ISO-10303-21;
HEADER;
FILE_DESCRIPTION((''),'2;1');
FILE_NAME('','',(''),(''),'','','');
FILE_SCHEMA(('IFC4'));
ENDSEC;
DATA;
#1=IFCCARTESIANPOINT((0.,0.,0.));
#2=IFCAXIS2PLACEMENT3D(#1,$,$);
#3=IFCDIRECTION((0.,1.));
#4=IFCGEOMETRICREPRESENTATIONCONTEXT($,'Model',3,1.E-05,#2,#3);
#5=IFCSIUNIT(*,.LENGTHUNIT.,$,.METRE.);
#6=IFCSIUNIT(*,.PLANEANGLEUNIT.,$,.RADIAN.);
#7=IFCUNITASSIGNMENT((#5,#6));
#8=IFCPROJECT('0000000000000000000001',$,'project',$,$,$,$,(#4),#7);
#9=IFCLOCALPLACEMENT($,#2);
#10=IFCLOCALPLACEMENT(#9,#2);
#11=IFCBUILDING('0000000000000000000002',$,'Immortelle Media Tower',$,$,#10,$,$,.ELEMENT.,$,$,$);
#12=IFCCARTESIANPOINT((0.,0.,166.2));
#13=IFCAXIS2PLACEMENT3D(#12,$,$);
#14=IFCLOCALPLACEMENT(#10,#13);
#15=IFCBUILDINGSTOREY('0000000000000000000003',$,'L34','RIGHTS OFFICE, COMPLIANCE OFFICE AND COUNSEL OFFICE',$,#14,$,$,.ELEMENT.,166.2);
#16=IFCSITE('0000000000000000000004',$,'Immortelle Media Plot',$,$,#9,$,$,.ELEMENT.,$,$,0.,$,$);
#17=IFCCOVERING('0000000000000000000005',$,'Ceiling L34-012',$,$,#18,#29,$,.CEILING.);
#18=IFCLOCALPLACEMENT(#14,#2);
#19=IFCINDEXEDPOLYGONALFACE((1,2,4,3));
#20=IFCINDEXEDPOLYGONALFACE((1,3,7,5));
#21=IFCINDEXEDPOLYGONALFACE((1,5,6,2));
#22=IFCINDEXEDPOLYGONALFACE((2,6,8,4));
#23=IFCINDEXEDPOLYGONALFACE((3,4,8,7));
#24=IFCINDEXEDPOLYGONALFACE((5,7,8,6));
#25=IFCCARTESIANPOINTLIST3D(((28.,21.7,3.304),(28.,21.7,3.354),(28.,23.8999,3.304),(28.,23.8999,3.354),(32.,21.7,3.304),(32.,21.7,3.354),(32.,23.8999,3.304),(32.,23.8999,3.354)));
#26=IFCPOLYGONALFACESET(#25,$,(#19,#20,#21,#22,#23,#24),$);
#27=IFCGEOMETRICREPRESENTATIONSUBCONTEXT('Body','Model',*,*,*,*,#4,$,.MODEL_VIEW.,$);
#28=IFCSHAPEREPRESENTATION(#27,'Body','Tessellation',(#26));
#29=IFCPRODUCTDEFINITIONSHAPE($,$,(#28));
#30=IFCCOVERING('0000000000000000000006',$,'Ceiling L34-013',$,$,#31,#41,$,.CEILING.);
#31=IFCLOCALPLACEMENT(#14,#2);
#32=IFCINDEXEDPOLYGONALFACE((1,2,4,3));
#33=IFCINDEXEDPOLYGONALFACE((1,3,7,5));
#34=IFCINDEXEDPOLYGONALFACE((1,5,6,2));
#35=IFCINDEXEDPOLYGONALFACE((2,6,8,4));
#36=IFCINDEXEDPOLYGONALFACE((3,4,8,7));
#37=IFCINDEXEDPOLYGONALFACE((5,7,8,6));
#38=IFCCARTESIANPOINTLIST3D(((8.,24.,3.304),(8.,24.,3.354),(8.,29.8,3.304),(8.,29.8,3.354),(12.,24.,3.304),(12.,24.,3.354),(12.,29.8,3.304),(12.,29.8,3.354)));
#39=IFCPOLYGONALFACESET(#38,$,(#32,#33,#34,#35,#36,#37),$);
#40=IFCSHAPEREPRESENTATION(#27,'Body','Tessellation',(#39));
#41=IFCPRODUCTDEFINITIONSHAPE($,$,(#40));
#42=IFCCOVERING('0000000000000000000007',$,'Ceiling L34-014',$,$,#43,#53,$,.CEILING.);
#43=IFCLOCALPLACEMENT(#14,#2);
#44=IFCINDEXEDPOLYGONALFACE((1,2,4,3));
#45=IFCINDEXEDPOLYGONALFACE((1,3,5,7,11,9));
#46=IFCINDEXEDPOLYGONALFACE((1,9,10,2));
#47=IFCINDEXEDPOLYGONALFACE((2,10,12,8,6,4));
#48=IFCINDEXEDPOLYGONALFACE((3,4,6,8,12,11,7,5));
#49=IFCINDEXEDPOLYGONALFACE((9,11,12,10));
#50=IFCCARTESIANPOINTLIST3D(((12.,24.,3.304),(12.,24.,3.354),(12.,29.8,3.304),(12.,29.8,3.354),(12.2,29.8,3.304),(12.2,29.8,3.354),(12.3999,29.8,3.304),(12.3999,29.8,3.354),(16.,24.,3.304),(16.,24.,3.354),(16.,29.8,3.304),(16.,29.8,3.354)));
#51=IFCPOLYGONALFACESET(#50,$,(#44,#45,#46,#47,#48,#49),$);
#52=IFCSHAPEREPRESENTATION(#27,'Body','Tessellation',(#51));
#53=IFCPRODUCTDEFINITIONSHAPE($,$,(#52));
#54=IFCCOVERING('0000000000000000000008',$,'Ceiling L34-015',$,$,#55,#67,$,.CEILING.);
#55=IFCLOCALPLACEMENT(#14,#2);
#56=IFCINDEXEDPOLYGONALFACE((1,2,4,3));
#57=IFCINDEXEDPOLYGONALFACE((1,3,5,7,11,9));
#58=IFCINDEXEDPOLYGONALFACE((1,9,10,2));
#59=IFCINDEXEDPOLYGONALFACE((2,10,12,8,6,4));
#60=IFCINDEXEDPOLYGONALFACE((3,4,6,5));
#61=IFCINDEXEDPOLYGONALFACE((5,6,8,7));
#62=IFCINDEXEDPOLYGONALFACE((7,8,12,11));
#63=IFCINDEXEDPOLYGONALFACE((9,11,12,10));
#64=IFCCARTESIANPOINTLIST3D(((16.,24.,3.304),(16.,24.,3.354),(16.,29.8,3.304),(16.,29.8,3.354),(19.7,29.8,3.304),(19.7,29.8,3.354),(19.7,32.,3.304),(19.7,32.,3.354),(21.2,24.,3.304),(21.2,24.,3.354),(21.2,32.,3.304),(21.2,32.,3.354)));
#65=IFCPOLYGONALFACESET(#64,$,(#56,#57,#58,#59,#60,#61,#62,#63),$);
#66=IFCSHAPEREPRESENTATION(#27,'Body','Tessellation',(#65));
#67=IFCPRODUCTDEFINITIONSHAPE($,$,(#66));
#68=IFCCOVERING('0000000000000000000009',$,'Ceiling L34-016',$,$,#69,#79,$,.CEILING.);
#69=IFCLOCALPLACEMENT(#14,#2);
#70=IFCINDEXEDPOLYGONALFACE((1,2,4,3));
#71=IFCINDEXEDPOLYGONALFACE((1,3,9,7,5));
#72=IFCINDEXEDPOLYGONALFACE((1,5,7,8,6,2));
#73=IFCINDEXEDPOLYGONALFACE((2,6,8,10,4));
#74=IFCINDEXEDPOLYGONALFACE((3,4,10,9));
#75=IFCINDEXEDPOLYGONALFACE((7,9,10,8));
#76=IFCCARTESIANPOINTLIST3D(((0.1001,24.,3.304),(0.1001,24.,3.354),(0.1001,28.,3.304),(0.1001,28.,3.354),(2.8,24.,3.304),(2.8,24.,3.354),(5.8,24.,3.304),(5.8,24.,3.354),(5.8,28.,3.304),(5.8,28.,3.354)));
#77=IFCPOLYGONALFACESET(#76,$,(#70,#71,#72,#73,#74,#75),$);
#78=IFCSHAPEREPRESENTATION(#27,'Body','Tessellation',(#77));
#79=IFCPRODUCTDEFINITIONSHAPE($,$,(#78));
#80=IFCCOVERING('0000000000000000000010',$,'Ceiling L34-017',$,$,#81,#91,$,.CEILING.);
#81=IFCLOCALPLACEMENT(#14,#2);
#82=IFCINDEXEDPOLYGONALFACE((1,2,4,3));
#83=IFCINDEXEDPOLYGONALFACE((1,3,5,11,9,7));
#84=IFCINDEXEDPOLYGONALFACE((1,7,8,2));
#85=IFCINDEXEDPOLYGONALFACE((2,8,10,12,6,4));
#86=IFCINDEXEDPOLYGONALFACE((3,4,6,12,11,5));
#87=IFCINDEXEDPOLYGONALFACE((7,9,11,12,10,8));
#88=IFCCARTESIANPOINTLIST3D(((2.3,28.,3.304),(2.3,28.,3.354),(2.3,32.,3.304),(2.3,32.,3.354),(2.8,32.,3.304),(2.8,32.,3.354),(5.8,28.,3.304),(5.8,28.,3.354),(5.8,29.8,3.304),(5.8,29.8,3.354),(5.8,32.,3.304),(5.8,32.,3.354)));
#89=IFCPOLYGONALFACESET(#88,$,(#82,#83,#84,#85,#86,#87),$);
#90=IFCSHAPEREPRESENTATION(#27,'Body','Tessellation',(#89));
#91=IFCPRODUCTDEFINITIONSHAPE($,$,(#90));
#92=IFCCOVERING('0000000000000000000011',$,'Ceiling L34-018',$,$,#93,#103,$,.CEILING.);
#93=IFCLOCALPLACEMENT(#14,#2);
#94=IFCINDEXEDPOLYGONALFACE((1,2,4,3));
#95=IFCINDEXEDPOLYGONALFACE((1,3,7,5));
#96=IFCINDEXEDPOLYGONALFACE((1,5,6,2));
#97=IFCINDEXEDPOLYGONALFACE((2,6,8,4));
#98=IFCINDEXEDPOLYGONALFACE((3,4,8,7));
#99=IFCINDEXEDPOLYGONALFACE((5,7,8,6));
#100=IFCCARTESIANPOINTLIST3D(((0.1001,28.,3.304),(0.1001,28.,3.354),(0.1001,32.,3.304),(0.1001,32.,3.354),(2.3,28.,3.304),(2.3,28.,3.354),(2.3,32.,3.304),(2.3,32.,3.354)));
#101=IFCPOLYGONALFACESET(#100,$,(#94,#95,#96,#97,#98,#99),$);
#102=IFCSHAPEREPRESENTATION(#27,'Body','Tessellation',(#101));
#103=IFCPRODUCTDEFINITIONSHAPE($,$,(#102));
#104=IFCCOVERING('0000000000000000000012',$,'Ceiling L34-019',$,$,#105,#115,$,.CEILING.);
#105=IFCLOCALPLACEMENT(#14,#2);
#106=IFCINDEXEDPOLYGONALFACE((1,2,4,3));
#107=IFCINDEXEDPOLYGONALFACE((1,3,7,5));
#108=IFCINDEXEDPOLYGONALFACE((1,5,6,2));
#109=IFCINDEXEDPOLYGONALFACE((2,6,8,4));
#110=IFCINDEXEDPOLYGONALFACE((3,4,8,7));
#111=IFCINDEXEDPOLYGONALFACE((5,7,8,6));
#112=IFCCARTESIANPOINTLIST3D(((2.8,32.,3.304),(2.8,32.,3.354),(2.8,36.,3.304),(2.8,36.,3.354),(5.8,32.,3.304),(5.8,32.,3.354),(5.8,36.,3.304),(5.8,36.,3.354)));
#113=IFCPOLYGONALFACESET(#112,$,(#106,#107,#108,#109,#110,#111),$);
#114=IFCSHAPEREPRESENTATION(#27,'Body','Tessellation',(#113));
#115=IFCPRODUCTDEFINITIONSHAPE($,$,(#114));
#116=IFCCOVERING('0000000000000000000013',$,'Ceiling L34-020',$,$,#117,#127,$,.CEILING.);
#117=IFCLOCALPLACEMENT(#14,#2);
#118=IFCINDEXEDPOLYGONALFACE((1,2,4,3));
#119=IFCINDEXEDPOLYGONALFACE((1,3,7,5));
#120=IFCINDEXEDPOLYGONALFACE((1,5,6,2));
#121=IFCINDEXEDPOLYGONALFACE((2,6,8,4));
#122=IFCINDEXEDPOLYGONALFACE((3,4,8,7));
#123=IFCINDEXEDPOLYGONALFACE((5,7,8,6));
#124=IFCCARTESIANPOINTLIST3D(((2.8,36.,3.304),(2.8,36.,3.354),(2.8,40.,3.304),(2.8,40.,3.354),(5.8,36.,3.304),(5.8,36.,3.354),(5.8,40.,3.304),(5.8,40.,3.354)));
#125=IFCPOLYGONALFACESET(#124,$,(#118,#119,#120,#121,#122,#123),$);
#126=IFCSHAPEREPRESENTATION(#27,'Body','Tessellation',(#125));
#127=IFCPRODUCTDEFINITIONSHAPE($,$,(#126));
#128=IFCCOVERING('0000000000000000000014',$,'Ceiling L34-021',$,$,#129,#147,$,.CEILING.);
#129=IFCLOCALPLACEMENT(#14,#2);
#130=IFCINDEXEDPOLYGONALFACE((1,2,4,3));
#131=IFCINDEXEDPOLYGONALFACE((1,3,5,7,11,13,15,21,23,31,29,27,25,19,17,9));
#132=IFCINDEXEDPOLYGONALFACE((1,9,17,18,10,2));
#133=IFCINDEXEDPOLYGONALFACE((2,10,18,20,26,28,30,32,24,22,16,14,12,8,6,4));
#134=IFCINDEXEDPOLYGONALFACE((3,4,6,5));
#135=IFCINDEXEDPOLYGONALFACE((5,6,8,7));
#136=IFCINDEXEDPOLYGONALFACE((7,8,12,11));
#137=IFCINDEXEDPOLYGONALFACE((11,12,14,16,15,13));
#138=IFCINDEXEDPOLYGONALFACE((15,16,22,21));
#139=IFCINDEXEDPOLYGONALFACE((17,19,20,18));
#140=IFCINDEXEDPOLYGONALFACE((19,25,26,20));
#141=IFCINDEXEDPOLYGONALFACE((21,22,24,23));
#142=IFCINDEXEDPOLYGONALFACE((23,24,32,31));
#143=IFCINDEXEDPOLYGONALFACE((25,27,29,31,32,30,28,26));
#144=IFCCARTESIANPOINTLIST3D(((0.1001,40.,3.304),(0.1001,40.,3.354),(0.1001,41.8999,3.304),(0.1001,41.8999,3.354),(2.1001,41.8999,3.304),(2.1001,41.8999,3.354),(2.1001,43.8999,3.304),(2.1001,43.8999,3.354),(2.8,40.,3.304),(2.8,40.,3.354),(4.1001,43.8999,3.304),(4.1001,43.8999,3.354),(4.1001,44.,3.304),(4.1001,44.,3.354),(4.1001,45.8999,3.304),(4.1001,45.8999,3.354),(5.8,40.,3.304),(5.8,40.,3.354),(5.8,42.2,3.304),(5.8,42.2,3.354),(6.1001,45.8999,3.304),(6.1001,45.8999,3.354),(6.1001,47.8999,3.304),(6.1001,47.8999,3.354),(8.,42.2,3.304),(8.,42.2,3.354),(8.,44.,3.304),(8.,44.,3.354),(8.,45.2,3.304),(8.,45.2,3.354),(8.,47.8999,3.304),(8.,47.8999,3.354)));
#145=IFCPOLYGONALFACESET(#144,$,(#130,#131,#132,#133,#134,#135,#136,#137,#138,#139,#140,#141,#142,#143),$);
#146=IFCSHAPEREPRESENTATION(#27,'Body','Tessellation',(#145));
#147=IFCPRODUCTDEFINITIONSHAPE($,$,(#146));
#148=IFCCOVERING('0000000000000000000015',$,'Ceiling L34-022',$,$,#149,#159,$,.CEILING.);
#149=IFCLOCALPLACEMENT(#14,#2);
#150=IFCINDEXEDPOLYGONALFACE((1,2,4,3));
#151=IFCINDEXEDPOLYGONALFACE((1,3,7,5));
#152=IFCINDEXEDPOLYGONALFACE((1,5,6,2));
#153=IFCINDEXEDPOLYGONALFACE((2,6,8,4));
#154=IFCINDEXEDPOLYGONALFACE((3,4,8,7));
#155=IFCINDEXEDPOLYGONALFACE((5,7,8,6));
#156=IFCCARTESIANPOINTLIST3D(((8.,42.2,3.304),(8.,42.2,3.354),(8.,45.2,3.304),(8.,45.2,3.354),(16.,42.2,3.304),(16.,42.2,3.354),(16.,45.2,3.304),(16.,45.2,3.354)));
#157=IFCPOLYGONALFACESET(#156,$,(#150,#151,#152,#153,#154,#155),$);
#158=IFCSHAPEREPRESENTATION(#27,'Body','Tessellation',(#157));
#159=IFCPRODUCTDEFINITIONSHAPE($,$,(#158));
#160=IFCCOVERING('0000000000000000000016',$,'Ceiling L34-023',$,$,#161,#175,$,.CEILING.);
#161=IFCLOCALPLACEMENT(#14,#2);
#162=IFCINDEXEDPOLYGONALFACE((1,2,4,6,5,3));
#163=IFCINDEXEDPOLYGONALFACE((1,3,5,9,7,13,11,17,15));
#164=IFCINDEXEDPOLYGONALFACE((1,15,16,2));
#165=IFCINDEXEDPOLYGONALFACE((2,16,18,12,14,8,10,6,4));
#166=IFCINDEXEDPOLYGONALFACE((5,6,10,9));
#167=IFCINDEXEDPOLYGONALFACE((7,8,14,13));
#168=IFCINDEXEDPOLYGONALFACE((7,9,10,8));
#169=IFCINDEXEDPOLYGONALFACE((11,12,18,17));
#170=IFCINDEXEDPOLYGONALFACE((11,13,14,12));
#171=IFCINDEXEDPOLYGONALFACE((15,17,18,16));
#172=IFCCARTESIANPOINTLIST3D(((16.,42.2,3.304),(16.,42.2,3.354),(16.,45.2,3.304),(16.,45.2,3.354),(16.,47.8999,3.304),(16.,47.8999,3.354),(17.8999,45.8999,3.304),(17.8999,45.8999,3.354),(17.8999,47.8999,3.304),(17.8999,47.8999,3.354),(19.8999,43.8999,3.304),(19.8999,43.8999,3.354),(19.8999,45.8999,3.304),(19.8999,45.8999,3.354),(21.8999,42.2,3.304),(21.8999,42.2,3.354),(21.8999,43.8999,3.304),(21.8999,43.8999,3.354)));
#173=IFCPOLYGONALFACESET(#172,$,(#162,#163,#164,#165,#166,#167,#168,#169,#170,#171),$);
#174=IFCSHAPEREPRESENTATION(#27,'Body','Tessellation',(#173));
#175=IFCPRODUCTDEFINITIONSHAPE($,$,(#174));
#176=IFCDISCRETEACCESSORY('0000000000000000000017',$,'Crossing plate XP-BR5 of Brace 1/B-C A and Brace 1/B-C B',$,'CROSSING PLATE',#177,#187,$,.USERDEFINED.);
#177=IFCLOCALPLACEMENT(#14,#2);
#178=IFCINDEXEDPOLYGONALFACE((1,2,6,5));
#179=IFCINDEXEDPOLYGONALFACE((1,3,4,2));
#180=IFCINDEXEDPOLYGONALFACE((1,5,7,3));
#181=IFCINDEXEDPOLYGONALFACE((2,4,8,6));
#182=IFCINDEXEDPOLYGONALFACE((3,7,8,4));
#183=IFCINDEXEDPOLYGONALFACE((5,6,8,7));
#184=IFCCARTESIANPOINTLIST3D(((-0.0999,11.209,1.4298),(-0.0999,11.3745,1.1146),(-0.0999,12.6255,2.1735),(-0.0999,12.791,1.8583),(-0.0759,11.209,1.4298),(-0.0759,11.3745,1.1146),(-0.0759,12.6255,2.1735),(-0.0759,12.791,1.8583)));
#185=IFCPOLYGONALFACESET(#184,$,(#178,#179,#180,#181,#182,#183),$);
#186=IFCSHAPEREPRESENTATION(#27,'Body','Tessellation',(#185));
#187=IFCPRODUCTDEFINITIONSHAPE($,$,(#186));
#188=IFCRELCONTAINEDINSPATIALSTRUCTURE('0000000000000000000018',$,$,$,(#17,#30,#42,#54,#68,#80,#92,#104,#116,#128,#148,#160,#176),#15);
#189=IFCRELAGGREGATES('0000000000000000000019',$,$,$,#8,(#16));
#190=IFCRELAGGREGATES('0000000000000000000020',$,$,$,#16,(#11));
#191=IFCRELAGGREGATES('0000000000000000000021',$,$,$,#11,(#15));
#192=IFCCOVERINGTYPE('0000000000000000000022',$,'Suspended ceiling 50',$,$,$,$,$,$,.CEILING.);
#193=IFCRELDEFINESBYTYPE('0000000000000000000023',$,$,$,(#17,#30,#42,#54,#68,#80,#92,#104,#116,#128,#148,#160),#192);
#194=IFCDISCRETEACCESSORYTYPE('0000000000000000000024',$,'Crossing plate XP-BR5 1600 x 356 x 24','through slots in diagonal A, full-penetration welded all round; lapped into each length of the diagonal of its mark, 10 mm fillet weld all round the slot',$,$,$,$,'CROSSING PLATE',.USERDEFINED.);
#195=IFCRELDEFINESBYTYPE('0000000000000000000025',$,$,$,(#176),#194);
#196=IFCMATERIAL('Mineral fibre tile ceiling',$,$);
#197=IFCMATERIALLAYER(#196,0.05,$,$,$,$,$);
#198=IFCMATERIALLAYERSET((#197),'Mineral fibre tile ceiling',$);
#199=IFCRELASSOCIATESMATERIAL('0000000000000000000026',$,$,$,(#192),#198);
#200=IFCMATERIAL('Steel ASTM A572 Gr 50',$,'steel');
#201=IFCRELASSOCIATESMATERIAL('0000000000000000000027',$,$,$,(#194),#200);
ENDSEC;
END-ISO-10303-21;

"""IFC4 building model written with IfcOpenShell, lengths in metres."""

from ifc_helpers import new_model, si_unit, direction, frame, origin, origin_2d, place, context, subcontext, project, spatial, polyline, rectangle, outline, extrude, material, layer, layer_set, material_profile, profile_set, type_object, element, save


model = new_model("IFC4")

# Units and contexts
model_context = context("Model", 3, precision=1e-05, world=origin(), true_north=direction((0.0, 1.0)))
body_context = subcontext(model_context, "Body", "Model", "MODEL_VIEW")
ifc_project = project(units=[si_unit("LENGTHUNIT", "METRE"), si_unit("PLANEANGLEUNIT", "RADIAN")], contexts=[model_context])

# Site, building, storey
site_placement = place(None, origin())
site = spatial("IfcSite", under=ifc_project, at=site_placement, Name="Immortelle Media Plot", CompositionType="ELEMENT", RefElevation=0.0)
building_placement = place(site_placement, origin())
building = spatial("IfcBuilding", under=site, at=building_placement, Name="Immortelle Media Tower", CompositionType="ELEMENT")
storey_placement = place(building_placement, frame((0.0, 0.0, 166.2)))
storey = spatial("IfcBuildingStorey", under=building, at=storey_placement, Name="L34", Description="RIGHTS OFFICE, COMPLIANCE OFFICE AND COUNSEL OFFICE", CompositionType="ELEMENT", Elevation=166.2)

# Coverings
ifc_material_1 = material(Name="Mineral fibre tile ceiling")
ifc_layer = layer(ifc_material_1, 0.05)
ifc_layer_set = layer_set([ifc_layer], Name="Mineral fibre tile ceiling")
covering_type = type_object("IfcCoveringType", Name="Suspended ceiling 50", PredefinedType="CEILING", material=ifc_layer_set)
covering_1_placement = place(storey_placement, frame((0.0, 0.0, 3.304)))
element("IfcCovering", 1, at=covering_1_placement, inside=storey, type_object=covering_type, Name="Ceiling L34-012", PredefinedType="CEILING", context=body_context, shape_type="SweptSolid", body=[
    extrude(outline(polyline([(32.0, 21.7), (28.0, 21.7), (28.0, 23.8999), (32.0, 23.8999), (32.0, 21.7)])), origin(), (0.0, 0.0, 1.0), 0.05),
])
covering_2_placement = place(storey_placement, frame((0.0, 0.0, 3.304)))
element("IfcCovering", 2, at=covering_2_placement, inside=storey, type_object=covering_type, Name="Ceiling L34-013", PredefinedType="CEILING", context=body_context, shape_type="SweptSolid", body=[
    extrude(outline(polyline([(8.0, 29.8), (12.0, 29.8), (12.0, 24.0), (8.0, 24.0), (8.0, 29.8)])), origin(), (0.0, 0.0, 1.0), 0.05),
])
covering_3_placement = place(storey_placement, frame((0.0, 0.0, 3.304)))
element("IfcCovering", 3, at=covering_3_placement, inside=storey, type_object=covering_type, Name="Ceiling L34-014", PredefinedType="CEILING", context=body_context, shape_type="SweptSolid", body=[
    extrude(outline(polyline([(12.2, 29.8), (12.3999, 29.8), (16.0, 29.8), (16.0, 24.0), (12.0, 24.0), (12.0, 29.8), (12.2, 29.8)])), origin(), (0.0, 0.0, 1.0), 0.05),
])
covering_4_placement = place(storey_placement, frame((0.0, 0.0, 3.304)))
element("IfcCovering", 4, at=covering_4_placement, inside=storey, type_object=covering_type, Name="Ceiling L34-015", PredefinedType="CEILING", context=body_context, shape_type="SweptSolid", body=[
    extrude(outline(polyline([(16.0, 24.0), (16.0, 29.8), (19.7, 29.8), (19.7, 32.0), (21.2, 32.0), (21.2, 24.0), (16.0, 24.0)])), origin(), (0.0, 0.0, 1.0), 0.05),
])
covering_5_placement = place(storey_placement, frame((0.0, 0.0, 3.304)))
element("IfcCovering", 5, at=covering_5_placement, inside=storey, type_object=covering_type, Name="Ceiling L34-016", PredefinedType="CEILING", context=body_context, shape_type="SweptSolid", body=[
    extrude(outline(polyline([(5.8, 24.0), (2.8, 24.0), (0.1001, 24.0), (0.1001, 28.0), (5.8, 28.0), (5.8, 24.0)])), origin(), (0.0, 0.0, 1.0), 0.05),
])
covering_6_placement = place(storey_placement, frame((0.0, 0.0, 3.304)))
element("IfcCovering", 6, at=covering_6_placement, inside=storey, type_object=covering_type, Name="Ceiling L34-017", PredefinedType="CEILING", context=body_context, shape_type="SweptSolid", body=[
    extrude(outline(polyline([(2.3, 28.0), (2.3, 32.0), (2.8, 32.0), (5.8, 32.0), (5.8, 29.8), (5.8, 28.0), (2.3, 28.0)])), origin(), (0.0, 0.0, 1.0), 0.05),
])
covering_7_placement = place(storey_placement, frame((0.0, 0.0, 3.304)))
element("IfcCovering", 7, at=covering_7_placement, inside=storey, type_object=covering_type, Name="Ceiling L34-018", PredefinedType="CEILING", context=body_context, shape_type="SweptSolid", body=[
    extrude(outline(polyline([(0.1001, 28.0), (0.1001, 32.0), (2.3, 32.0), (2.3, 28.0), (0.1001, 28.0)])), origin(), (0.0, 0.0, 1.0), 0.05),
])
covering_8_placement = place(storey_placement, frame((0.0, 0.0, 3.304)))
element("IfcCovering", 8, at=covering_8_placement, inside=storey, type_object=covering_type, Name="Ceiling L34-019", PredefinedType="CEILING", context=body_context, shape_type="SweptSolid", body=[
    extrude(outline(polyline([(5.8, 32.0), (2.8, 32.0), (2.8, 36.0), (5.8, 36.0), (5.8, 32.0)])), origin(), (0.0, 0.0, 1.0), 0.05),
])
covering_9_placement = place(storey_placement, frame((0.0, 0.0, 3.304)))
element("IfcCovering", 9, at=covering_9_placement, inside=storey, type_object=covering_type, Name="Ceiling L34-020", PredefinedType="CEILING", context=body_context, shape_type="SweptSolid", body=[
    extrude(outline(polyline([(2.8, 40.0), (5.8, 40.0), (5.8, 36.0), (2.8, 36.0), (2.8, 40.0)])), origin(), (0.0, 0.0, 1.0), 0.05),
])
covering_10_placement = place(storey_placement, frame((0.0, 0.0, 3.304)))
element("IfcCovering", 10, at=covering_10_placement, inside=storey, type_object=covering_type, Name="Ceiling L34-021", PredefinedType="CEILING", context=body_context, shape_type="SweptSolid", body=[
    extrude(outline(polyline([(2.8, 40.0), (0.1001, 40.0), (0.1001, 41.8999), (2.1001, 41.8999), (2.1001, 43.8999), (4.1001, 43.8999), (4.1001, 44.0), (4.1001, 45.8999), (6.1001, 45.8999), (6.1001, 47.8999), (8.0, 47.8999), (8.0, 45.2), (8.0, 44.0), (8.0, 42.2), (5.8, 42.2), (5.8, 40.0), (2.8, 40.0)])), origin(), (0.0, 0.0, 1.0), 0.05),
])
covering_11_placement = place(storey_placement, frame((0.0, 0.0, 3.304)))
element("IfcCovering", 11, at=covering_11_placement, inside=storey, type_object=covering_type, Name="Ceiling L34-022", PredefinedType="CEILING", context=body_context, shape_type="SweptSolid", body=[
    extrude(outline(polyline([(8.0, 42.2), (8.0, 45.2), (16.0, 45.2), (16.0, 42.2), (8.0, 42.2)])), origin(), (0.0, 0.0, 1.0), 0.05),
])
covering_12_placement = place(storey_placement, frame((0.0, 0.0, 3.304)))
element("IfcCovering", 12, at=covering_12_placement, inside=storey, type_object=covering_type, Name="Ceiling L34-023", PredefinedType="CEILING", context=body_context, shape_type="SweptSolid", body=[
    extrude(outline(polyline([(17.8999, 45.8999), (19.8999, 45.8999), (19.8999, 43.8999), (21.8999, 43.8999), (21.8999, 42.2), (16.0, 42.2), (16.0, 45.2), (16.0, 47.8999), (17.8999, 47.8999), (17.8999, 45.8999)])), origin(), (0.0, 0.0, 1.0), 0.05),
])

# Discrete accessory
ifc_material_2 = material(Name="Steel ASTM A572 Gr 50", Category="steel")
ifc_material_profile_1 = material_profile(ifc_material_2, rectangle(XDim=0.0239, YDim=0.356, at=origin_2d()), Name="PL 24 x 356")
ifc_profile_set_1 = profile_set([ifc_material_profile_1], Name="Steel ASTM A572 Gr 50")
discrete_accessory_type_1 = type_object("IfcDiscreteAccessoryType", Name="Crossing plate XP-BR5 1600 x 356 x 24", Description="through slots in diagonal A, full-penetration welded all round; lapped into each length of the diagonal of its mark, 10 mm fillet weld all round the slot", ElementType="CROSSING PLATE", PredefinedType="USERDEFINED", material=ifc_profile_set_1)
discrete_accessory_placement = place(storey_placement, frame((-0.0879, 12.7083, 2.0159), z_axis=(0.0, -0.885401, -0.464828), x_axis=(1.0, 0.0, 0.0)))
element("IfcDiscreteAccessory", 13, at=discrete_accessory_placement, inside=storey, type_object=discrete_accessory_type_1, Name="Crossing plate XP-BR5 of Brace 1/B-C A and Brace 1/B-C B", ObjectType="CROSSING PLATE", PredefinedType="USERDEFINED", context=body_context, shape_type="SweptSolid", body=[
    extrude(rectangle(XDim=0.0239, YDim=0.356, at=origin_2d()), origin(), (0.0, 0.0, 1.0), 1.5999),
])

save(model, "model.ifc")
